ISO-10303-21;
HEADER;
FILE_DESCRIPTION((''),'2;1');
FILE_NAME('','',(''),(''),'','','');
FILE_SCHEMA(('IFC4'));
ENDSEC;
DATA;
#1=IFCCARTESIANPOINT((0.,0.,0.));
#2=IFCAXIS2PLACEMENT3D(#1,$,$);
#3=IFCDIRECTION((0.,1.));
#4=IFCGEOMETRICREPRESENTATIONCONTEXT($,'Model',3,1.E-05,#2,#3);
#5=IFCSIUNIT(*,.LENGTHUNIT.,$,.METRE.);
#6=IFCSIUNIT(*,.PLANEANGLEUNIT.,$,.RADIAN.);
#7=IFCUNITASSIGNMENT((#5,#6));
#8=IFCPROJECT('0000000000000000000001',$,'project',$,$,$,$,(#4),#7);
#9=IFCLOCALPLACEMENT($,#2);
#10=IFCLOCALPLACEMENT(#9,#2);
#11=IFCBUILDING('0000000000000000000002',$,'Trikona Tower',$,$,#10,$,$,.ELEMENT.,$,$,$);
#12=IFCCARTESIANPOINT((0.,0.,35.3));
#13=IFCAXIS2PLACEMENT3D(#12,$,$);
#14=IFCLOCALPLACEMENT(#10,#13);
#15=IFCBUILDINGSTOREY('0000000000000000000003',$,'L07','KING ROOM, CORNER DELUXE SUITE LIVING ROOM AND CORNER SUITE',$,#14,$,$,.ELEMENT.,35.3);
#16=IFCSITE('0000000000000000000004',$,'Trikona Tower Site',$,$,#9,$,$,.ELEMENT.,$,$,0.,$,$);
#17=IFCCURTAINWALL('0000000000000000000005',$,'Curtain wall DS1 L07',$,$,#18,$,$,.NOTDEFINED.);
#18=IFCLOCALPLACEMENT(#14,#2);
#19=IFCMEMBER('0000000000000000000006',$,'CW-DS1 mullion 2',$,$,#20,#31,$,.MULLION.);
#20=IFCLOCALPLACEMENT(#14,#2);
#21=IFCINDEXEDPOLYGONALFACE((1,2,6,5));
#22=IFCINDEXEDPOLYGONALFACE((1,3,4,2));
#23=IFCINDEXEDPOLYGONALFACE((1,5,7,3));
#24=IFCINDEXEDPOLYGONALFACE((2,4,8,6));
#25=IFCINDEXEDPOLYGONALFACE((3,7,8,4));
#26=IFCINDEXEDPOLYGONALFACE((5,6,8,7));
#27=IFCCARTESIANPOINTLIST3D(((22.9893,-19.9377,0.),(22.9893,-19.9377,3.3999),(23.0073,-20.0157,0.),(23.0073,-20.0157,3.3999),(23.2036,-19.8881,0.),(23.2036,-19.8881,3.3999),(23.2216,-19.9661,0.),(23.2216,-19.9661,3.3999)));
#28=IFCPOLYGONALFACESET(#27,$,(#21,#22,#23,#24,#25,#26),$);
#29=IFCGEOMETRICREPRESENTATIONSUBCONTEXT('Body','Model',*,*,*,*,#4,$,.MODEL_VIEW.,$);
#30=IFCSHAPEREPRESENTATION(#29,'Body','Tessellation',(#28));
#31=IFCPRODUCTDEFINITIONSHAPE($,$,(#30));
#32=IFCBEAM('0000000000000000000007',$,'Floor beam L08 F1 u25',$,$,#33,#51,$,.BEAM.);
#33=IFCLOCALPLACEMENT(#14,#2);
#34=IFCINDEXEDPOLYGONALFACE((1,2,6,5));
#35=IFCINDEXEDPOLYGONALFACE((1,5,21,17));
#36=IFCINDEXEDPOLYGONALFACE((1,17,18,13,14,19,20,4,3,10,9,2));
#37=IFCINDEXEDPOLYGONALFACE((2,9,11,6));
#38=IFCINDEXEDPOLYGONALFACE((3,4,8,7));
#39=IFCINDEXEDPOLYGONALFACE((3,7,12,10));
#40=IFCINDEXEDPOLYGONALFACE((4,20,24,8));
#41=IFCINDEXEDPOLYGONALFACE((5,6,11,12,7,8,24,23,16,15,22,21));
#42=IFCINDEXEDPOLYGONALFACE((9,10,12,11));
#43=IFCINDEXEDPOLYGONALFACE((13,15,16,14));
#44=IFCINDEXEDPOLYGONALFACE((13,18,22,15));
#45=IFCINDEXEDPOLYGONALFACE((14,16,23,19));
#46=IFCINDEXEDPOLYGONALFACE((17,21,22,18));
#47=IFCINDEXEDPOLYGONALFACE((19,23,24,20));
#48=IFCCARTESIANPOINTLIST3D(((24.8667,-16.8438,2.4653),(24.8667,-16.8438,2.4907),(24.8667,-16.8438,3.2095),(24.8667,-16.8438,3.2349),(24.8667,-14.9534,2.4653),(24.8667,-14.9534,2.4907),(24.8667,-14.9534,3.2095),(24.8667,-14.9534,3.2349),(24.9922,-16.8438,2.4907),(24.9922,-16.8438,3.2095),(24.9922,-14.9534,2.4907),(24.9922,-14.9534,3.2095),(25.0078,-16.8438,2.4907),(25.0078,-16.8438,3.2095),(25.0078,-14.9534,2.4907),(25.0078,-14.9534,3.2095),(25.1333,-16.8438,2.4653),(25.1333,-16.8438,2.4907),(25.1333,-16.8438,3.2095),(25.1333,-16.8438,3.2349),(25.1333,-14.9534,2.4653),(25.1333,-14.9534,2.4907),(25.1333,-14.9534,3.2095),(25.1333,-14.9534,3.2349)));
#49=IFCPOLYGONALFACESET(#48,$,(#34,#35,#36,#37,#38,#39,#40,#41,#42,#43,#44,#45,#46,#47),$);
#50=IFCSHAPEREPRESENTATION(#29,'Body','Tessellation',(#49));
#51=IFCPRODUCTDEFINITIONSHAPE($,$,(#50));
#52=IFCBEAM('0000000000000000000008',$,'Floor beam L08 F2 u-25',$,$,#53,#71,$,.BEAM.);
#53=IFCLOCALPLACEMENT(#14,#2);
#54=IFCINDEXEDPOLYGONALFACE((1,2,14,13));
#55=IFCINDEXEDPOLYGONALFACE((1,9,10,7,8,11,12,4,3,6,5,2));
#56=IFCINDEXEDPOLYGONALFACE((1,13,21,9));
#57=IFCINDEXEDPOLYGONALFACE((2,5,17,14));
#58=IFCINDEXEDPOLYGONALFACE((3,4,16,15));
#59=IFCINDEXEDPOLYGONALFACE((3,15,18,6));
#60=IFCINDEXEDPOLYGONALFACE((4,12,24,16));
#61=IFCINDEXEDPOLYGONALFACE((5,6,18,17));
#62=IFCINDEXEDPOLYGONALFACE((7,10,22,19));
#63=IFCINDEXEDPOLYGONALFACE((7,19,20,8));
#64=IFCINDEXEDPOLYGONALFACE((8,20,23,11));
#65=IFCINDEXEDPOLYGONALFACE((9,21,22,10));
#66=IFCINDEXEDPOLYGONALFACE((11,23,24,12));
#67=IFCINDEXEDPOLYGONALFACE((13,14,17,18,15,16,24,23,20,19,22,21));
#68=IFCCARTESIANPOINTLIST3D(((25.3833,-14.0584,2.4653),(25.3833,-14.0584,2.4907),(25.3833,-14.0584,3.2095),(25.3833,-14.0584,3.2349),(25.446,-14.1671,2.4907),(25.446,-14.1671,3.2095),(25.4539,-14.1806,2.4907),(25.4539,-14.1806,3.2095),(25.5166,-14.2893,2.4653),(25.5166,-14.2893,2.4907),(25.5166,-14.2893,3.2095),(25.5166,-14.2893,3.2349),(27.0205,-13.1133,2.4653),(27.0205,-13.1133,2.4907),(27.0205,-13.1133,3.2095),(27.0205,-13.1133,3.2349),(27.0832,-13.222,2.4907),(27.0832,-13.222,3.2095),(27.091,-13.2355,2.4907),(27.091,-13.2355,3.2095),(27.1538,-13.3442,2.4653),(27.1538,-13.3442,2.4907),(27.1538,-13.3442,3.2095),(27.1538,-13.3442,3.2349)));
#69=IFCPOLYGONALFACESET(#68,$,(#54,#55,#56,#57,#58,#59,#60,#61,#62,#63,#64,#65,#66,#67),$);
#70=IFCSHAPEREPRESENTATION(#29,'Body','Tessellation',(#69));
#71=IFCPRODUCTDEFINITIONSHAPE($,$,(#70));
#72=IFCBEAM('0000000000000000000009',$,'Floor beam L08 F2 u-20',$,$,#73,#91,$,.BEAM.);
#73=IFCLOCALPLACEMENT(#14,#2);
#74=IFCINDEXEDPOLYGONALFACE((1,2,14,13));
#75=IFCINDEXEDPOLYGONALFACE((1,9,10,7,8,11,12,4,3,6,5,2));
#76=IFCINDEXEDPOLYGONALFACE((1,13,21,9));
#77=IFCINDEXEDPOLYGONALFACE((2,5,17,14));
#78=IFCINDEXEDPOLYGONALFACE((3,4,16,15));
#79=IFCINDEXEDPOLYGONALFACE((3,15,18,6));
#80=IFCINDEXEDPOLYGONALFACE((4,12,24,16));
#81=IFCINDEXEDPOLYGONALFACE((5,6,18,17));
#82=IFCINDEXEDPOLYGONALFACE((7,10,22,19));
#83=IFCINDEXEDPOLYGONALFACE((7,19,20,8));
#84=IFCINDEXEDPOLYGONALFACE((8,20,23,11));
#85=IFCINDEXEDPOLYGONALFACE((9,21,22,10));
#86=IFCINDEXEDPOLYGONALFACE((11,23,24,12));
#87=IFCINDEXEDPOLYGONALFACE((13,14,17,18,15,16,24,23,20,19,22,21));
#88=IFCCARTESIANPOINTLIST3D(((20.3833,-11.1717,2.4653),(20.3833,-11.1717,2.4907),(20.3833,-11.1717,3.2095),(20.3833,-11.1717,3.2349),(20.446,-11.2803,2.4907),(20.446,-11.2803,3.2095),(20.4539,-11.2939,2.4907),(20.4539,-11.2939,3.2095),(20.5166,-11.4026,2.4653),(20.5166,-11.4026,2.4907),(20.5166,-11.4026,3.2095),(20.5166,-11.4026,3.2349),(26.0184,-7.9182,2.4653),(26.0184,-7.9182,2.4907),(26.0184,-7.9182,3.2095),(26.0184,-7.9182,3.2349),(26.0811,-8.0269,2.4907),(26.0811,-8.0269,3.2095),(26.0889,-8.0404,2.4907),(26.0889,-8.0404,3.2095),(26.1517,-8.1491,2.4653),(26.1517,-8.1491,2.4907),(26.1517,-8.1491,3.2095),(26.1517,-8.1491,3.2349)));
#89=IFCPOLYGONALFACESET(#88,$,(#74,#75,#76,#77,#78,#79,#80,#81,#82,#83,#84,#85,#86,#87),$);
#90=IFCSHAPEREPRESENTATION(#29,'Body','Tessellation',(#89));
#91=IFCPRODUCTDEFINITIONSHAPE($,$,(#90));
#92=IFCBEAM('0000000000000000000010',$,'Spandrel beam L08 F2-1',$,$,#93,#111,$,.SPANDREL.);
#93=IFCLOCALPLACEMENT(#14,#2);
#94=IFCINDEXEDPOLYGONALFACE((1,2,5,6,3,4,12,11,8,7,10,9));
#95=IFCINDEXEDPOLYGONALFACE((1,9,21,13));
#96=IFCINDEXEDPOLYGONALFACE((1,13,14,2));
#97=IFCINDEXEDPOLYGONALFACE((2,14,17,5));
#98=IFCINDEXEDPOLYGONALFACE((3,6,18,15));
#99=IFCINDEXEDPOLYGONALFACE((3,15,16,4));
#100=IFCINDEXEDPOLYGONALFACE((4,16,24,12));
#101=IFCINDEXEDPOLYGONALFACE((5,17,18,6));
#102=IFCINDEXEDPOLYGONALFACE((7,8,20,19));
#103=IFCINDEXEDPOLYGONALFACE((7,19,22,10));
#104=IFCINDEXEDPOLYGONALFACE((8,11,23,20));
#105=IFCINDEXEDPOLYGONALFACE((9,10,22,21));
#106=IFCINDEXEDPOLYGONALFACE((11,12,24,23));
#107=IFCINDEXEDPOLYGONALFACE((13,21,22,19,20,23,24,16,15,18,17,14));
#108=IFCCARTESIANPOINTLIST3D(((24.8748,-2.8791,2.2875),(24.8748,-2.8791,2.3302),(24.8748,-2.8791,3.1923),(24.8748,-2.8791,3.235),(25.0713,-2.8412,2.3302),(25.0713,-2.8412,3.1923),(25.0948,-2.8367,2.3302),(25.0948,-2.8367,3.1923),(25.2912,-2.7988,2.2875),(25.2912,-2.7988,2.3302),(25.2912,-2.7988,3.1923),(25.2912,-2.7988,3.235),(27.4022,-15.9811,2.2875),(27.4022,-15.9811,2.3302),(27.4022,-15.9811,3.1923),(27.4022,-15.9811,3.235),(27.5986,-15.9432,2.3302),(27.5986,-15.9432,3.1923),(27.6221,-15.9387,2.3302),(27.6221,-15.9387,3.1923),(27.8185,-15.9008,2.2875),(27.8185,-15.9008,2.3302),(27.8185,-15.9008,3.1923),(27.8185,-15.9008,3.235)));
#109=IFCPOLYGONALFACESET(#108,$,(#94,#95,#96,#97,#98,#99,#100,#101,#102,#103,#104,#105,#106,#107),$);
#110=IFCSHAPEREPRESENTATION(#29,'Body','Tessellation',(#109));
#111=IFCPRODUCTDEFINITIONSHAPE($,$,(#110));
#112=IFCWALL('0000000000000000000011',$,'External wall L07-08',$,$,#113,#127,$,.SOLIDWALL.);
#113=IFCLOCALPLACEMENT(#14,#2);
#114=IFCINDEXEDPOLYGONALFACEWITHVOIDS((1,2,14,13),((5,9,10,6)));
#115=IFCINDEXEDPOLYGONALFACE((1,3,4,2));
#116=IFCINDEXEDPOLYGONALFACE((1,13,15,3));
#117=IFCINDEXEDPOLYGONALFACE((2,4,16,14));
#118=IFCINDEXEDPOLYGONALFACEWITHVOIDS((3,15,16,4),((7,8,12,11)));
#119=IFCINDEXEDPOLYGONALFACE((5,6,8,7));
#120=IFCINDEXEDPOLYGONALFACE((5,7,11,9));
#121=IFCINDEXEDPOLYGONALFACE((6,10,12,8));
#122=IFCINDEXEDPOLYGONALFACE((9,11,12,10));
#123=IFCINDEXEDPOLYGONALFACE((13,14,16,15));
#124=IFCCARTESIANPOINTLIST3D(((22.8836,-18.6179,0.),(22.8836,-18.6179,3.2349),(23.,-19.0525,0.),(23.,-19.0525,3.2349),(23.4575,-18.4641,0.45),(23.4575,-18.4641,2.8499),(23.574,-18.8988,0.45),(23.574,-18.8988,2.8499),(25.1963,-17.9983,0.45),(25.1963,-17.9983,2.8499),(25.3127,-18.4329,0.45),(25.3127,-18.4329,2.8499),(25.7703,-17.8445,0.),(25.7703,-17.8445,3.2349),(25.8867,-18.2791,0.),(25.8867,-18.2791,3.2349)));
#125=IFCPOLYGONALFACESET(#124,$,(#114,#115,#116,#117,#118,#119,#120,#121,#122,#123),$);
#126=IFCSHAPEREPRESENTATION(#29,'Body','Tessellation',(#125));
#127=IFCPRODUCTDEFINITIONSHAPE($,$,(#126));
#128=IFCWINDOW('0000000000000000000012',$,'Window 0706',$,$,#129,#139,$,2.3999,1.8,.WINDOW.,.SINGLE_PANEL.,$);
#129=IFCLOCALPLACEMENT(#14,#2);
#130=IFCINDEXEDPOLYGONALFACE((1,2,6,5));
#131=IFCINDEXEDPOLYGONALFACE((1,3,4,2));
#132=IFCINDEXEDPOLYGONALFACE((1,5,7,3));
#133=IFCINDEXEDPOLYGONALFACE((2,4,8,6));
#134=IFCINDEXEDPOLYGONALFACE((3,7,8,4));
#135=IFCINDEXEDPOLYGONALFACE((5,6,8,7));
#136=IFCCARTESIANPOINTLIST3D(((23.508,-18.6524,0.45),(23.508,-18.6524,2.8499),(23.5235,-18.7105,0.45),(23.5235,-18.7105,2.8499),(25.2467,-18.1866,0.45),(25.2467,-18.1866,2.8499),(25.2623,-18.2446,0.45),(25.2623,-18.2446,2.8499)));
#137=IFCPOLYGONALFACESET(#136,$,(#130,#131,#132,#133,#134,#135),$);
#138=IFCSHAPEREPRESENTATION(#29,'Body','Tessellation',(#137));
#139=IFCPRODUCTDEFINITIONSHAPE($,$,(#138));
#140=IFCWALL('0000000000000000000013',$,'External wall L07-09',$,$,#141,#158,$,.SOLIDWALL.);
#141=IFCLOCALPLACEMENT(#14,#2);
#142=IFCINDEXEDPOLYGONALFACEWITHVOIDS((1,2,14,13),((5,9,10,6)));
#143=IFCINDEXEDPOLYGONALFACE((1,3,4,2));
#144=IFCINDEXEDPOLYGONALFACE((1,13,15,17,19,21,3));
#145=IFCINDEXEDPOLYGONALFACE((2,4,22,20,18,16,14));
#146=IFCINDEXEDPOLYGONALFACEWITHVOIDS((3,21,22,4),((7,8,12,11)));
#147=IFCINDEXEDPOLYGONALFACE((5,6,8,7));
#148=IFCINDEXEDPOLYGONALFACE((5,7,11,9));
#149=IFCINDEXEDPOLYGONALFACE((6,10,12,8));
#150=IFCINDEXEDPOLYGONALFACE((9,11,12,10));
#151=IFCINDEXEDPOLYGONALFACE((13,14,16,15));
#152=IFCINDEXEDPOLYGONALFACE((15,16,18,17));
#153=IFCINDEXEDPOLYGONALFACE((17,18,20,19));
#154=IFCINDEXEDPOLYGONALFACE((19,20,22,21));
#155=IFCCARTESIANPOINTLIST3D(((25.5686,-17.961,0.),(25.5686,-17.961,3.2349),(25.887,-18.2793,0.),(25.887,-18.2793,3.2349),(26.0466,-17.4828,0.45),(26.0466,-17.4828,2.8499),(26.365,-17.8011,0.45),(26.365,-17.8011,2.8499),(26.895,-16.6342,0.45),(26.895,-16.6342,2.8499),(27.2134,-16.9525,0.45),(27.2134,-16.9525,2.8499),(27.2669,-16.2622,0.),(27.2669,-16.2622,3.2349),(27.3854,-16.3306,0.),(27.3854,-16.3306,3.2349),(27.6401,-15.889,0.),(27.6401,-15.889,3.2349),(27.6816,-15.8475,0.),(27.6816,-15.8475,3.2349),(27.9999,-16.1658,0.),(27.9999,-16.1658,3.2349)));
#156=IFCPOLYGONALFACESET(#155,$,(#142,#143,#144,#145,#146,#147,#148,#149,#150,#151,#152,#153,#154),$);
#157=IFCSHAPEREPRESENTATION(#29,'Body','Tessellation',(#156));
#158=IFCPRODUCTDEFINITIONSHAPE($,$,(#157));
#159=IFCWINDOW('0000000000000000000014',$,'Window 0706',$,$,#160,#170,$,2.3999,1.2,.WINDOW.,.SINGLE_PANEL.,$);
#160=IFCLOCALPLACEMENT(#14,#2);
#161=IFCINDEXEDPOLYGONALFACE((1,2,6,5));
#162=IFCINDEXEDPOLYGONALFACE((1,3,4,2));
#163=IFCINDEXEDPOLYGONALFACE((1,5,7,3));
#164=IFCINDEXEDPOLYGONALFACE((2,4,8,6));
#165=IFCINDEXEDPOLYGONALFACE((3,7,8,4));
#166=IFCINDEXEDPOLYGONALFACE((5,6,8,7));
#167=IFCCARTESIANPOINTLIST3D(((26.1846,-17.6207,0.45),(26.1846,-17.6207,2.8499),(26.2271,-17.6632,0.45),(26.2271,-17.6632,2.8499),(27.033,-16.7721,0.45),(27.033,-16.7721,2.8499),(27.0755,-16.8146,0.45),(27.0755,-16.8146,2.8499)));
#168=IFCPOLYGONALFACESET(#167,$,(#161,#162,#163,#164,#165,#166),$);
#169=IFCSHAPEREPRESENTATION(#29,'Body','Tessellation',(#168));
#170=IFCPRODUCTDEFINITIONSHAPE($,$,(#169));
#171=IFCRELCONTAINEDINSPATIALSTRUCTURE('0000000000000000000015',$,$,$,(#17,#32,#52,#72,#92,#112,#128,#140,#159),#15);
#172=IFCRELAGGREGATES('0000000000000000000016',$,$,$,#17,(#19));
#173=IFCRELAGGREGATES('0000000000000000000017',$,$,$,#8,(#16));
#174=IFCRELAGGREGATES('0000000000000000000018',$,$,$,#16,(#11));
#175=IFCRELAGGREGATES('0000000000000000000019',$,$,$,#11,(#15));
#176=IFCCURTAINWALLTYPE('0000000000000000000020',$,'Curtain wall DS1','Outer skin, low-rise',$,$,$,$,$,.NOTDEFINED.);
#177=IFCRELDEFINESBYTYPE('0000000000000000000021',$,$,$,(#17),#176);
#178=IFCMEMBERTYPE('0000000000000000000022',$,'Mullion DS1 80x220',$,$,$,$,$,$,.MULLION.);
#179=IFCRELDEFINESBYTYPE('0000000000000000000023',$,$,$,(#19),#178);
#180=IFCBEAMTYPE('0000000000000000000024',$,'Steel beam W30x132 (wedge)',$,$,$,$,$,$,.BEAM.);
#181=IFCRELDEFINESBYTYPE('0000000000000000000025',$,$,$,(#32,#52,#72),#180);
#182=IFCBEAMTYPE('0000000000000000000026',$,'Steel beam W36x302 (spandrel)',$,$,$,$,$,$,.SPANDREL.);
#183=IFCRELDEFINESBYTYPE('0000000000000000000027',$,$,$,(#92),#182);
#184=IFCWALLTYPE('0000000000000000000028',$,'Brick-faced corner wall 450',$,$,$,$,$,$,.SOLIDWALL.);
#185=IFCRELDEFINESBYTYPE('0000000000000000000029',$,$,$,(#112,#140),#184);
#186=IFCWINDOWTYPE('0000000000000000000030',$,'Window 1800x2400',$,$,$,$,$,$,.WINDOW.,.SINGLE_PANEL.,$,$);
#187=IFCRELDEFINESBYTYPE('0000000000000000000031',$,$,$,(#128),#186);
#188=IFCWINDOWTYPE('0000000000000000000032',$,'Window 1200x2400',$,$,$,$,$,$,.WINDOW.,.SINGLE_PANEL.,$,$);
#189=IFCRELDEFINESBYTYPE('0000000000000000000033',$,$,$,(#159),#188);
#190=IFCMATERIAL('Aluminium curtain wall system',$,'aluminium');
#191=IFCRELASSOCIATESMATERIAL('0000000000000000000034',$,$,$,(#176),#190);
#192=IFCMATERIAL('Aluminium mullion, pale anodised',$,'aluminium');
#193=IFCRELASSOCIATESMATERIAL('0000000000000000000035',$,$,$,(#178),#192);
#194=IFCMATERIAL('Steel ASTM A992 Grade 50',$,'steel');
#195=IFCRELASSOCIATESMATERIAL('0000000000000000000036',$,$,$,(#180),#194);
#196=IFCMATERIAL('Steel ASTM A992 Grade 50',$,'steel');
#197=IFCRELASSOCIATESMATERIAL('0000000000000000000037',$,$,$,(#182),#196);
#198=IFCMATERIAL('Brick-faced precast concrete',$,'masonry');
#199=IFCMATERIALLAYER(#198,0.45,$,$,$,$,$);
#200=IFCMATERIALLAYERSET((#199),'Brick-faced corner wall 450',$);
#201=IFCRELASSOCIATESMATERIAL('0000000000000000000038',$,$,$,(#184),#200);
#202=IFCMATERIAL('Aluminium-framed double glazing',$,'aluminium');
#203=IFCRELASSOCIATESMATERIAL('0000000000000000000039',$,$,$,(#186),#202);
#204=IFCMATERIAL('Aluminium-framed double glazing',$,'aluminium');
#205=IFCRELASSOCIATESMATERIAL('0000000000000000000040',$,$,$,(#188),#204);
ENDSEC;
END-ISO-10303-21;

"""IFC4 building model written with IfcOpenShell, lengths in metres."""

from ifc_helpers import new_model, si_unit, direction, frame, frame_2d, origin, origin_2d, place, context, subcontext, project, spatial, polyline, rectangle, i_section, outline, extrude, material, layer, layer_set, material_profile, profile_set, type_object, element, fill, aggregate, save


model = new_model("IFC4")

# Units and contexts
model_context = context("Model", 3, precision=1e-05, world=origin(), true_north=direction((0.0, 1.0)))
body_context = subcontext(model_context, "Body", "Model", "MODEL_VIEW")
ifc_project = project(units=[si_unit("LENGTHUNIT", "METRE"), si_unit("PLANEANGLEUNIT", "RADIAN")], contexts=[model_context])

# Site, building, storey
site_placement = place(None, origin())
site = spatial("IfcSite", under=ifc_project, at=site_placement, Name="Trikona Tower Site", CompositionType="ELEMENT", RefElevation=0.0)
building_placement = place(site_placement, origin())
building = spatial("IfcBuilding", under=site, at=building_placement, Name="Trikona Tower", CompositionType="ELEMENT")
storey_placement = place(building_placement, frame((0.0, 0.0, 35.3)))
storey = spatial("IfcBuildingStorey", under=building, at=storey_placement, Name="L07", Description="KING ROOM, CORNER DELUXE SUITE LIVING ROOM AND CORNER SUITE", CompositionType="ELEMENT", Elevation=35.3)

# Curtain wall, member
ifc_material_1 = material(Name="Aluminium curtain wall system", Category="aluminium")
curtain_wall_type = type_object("IfcCurtainWallType", Name="Curtain wall DS1", Description="Outer skin, low-rise", PredefinedType="NOTDEFINED", material=ifc_material_1)
curtain_wall_placement = place(storey_placement, origin())
curtain_wall = element("IfcCurtainWall", 1, at=curtain_wall_placement, inside=storey, type_object=curtain_wall_type, Name="Curtain wall DS1 L07", PredefinedType="NOTDEFINED")
ifc_material_2 = material(Name="Aluminium mullion, pale anodised", Category="aluminium")
ifc_material_profile_1 = material_profile(ifc_material_2, rectangle(XDim=0.0801, YDim=0.22, at=origin_2d()), Name="MUL-DS1")
ifc_profile_set_1 = profile_set([ifc_material_profile_1], Name="Aluminium mullion, pale anodised")
member_type = type_object("IfcMemberType", Name="Mullion DS1 80x220", PredefinedType="MULLION", material=ifc_profile_set_1)
member_placement = place(storey_placement, frame((23.1055, -19.9519, 0.0), z_axis=(0.0, 0.0, 1.0), x_axis=(-0.225343, 0.974279, 0.0)))
member = element("IfcMember", 2, at=member_placement, type_object=member_type, Name="CW-DS1 mullion 2", PredefinedType="MULLION", context=body_context, shape_type="SweptSolid", body=[
    extrude(rectangle(XDim=0.0801, YDim=0.22, at=origin_2d()), origin(), (0.0, 0.0, 1.0), 3.3999),
])
aggregate(curtain_wall, [member])

# Beams
ifc_material_3 = material(Name="Steel ASTM A992 Grade 50", Category="steel")
ifc_material_profile_2 = material_profile(ifc_material_3, i_section(OverallWidth=0.2666, OverallDepth=0.7695, WebThickness=0.0156, FlangeThickness=0.0254, at=origin_2d()), Name="W30X132")
ifc_profile_set_2 = profile_set([ifc_material_profile_2], Name="Steel ASTM A992 Grade 50")
beam_type_1 = type_object("IfcBeamType", Name="Steel beam W30x132 (wedge)", PredefinedType="BEAM", material=ifc_profile_set_2)
for number, where, z_axis, x_axis, name in (
    (3, (25.0, -14.9534, 2.8501), (0.0, -1.0, 0.0), (1.0, 0.0, 0.0), "Floor beam L08 F1 u25"),
    (4, (25.45, -14.1738, 2.8501), (0.866065, 0.499931, 0.0), (-0.499931, 0.866065, 0.0), "Floor beam L08 F2 u-25"),
):
    element("IfcBeam", number, at=place(storey_placement, frame(where, z_axis=z_axis, x_axis=x_axis)), inside=storey, type_object=beam_type_1, Name=name, PredefinedType="BEAM", context=body_context, shape_type="SweptSolid", body=[
        extrude(i_section(OverallWidth=0.2666, OverallDepth=0.7695, WebThickness=0.0156, FlangeThickness=0.0254, at=origin_2d()), origin(), (0.0, 0.0, 1.0), 1.8904),
    ])
beam_1_placement = place(storey_placement, frame((20.45, -11.2871, 2.8501), z_axis=(0.866023, 0.500005, 0.0), x_axis=(-0.500005, 0.866023, 0.0)))
element("IfcBeam", 5, at=beam_1_placement, inside=storey, type_object=beam_type_1, Name="Floor beam L08 F2 u-20", PredefinedType="BEAM", context=body_context, shape_type="SweptSolid", body=[
    extrude(i_section(OverallWidth=0.2666, OverallDepth=0.7695, WebThickness=0.0156, FlangeThickness=0.0254, at=origin_2d()), origin(), (0.0, 0.0, 1.0), 6.5068),
])
ifc_material_4 = material(Name="Steel ASTM A992 Grade 50", Category="steel")
ifc_material_profile_3 = material_profile(ifc_material_4, i_section(OverallWidth=0.4241, OverallDepth=0.9475, WebThickness=0.0239, FlangeThickness=0.0427, at=origin_2d()), Name="W36X302")
ifc_profile_set_3 = profile_set([ifc_material_profile_3], Name="Steel ASTM A992 Grade 50")
beam_type_2 = type_object("IfcBeamType", Name="Steel beam W36x302 (spandrel)", PredefinedType="SPANDREL", material=ifc_profile_set_3)
beam_2_placement = place(storey_placement, frame((27.6104, -15.9409, 2.7612), z_axis=(-0.189405, 0.981899, 0.0), x_axis=(-0.981899, -0.189405, 0.0)))
element("IfcBeam", 6, at=beam_2_placement, inside=storey, type_object=beam_type_2, Name="Spandrel beam L08 F2-1", PredefinedType="SPANDREL", context=body_context, shape_type="SweptSolid", body=[
    extrude(i_section(OverallWidth=0.4241, OverallDepth=0.9475, WebThickness=0.0239, FlangeThickness=0.0427, at=origin_2d()), origin(), (0.0, 0.0, 1.0), 13.3435),
])

# Walls, openings, windows
ifc_material_5 = material(Name="Brick-faced precast concrete", Category="masonry")
ifc_layer_1 = layer(ifc_material_5, 0.45)
ifc_layer_set_1 = layer_set([ifc_layer_1], Name="Brick-faced corner wall 450")
wall_type_1 = type_object("IfcWallType", Name="Brick-faced corner wall 450", PredefinedType="SOLIDWALL", material=ifc_layer_set_1)
wall_1_placement = place(storey_placement, frame((22.9419, -18.8352, 0.0), z_axis=(0.0, 0.0, 1.0), x_axis=(0.965931, 0.258801, 0.0)))
wall_1 = element("IfcWall", 7, at=wall_1_placement, inside=storey, type_object=wall_type_1, Name="External wall L07-08", PredefinedType="SOLIDWALL", context=body_context, shape_type="SweptSolid", body=[
    extrude(rectangle(XDim=2.9885, YDim=0.45, at=frame_2d((1.4941, 0.0))), origin(), (0.0, 0.0, 1.0), 3.2349),
])
opening_1_placement = place(wall_1_placement, frame((0.5942, 0.0, 0.45)))
opening_1 = element("IfcOpeningElement", 8, at=opening_1_placement, cuts=wall_1, PredefinedType="OPENING", context=body_context, shape_type="SweptSolid", body=[
    extrude(rectangle(XDim=1.8, YDim=2.3999, at=frame_2d((0.8999, 1.2))), frame((0.0, 0.2349, 0.0), z_axis=(0.0, -1.0, 0.0), x_axis=(1.0, 0.0, 0.0)), (0.0, 0.0, 1.0), 0.47),
])
ifc_material_6 = material(Name="Aluminium-framed double glazing", Category="aluminium")
window_type_1 = type_object("IfcWindowType", Name="Window 1800x2400", PartitioningType="SINGLE_PANEL", PredefinedType="WINDOW", material=ifc_material_6)
window_1_placement = place(opening_1_placement, origin())
window_1 = element("IfcWindow", 9, at=window_1_placement, inside=storey, type_object=window_type_1, Name="Window 0706", OverallHeight=2.3999, OverallWidth=1.8, PartitioningType="SINGLE_PANEL", PredefinedType="WINDOW", context=body_context, shape_type="SweptSolid", body=[
    extrude(rectangle(XDim=1.8, YDim=2.3999, at=frame_2d((0.8999, 1.2))), frame((0.0, 0.03, 0.0), z_axis=(0.0, -1.0, 0.0), x_axis=(1.0, 0.0, 0.0)), (0.0, 0.0, 1.0), 0.0601),
])
fill(opening_1, window_1)
wall_2_placement = place(storey_placement, frame((25.7278, -18.1201, 0.0), z_axis=(0.0, 0.0, 1.0), x_axis=(0.707025, 0.707188, 0.0)))
wall_2 = element("IfcWall", 10, at=wall_2_placement, inside=storey, type_object=wall_type_1, Name="External wall L07-09", PredefinedType="SOLIDWALL", context=body_context, shape_type="SweptSolid", body=[
    extrude(outline(polyline([(2.9885, 0.2251), (2.9299, 0.2251), (2.4375, 0.093), (2.4021, 0.2251), (0.0, 0.2251), (0.0, -0.2251), (2.9885, -0.2251), (2.9885, 0.2251)])), origin(), (0.0, 0.0, 1.0), 3.2349),
])
opening_2_placement = place(wall_2_placement, frame((0.676, 0.0, 0.45)))
opening_2 = element("IfcOpeningElement", 11, at=opening_2_placement, cuts=wall_2, PredefinedType="OPENING", context=body_context, shape_type="SweptSolid", body=[
    extrude(rectangle(XDim=1.2, YDim=2.3999, at=frame_2d((0.6001, 1.2))), frame((0.0, 0.2349, 0.0), z_axis=(0.0, -1.0, 0.0), x_axis=(1.0, 0.0, 0.0)), (0.0, 0.0, 1.0), 0.47),
])
ifc_material_7 = material(Name="Aluminium-framed double glazing", Category="aluminium")
window_type_2 = type_object("IfcWindowType", Name="Window 1200x2400", PartitioningType="SINGLE_PANEL", PredefinedType="WINDOW", material=ifc_material_7)
window_2_placement = place(opening_2_placement, origin())
window_2 = element("IfcWindow", 12, at=window_2_placement, inside=storey, type_object=window_type_2, Name="Window 0706", OverallHeight=2.3999, OverallWidth=1.2, PartitioningType="SINGLE_PANEL", PredefinedType="WINDOW", context=body_context, shape_type="SweptSolid", body=[
    extrude(rectangle(XDim=1.2, YDim=2.3999, at=frame_2d((0.6001, 1.2))), frame((0.0, 0.03, 0.0), z_axis=(0.0, -1.0, 0.0), x_axis=(1.0, 0.0, 0.0)), (0.0, 0.0, 1.0), 0.0601),
])
fill(opening_2, window_2)

save(model, "model.ifc")
